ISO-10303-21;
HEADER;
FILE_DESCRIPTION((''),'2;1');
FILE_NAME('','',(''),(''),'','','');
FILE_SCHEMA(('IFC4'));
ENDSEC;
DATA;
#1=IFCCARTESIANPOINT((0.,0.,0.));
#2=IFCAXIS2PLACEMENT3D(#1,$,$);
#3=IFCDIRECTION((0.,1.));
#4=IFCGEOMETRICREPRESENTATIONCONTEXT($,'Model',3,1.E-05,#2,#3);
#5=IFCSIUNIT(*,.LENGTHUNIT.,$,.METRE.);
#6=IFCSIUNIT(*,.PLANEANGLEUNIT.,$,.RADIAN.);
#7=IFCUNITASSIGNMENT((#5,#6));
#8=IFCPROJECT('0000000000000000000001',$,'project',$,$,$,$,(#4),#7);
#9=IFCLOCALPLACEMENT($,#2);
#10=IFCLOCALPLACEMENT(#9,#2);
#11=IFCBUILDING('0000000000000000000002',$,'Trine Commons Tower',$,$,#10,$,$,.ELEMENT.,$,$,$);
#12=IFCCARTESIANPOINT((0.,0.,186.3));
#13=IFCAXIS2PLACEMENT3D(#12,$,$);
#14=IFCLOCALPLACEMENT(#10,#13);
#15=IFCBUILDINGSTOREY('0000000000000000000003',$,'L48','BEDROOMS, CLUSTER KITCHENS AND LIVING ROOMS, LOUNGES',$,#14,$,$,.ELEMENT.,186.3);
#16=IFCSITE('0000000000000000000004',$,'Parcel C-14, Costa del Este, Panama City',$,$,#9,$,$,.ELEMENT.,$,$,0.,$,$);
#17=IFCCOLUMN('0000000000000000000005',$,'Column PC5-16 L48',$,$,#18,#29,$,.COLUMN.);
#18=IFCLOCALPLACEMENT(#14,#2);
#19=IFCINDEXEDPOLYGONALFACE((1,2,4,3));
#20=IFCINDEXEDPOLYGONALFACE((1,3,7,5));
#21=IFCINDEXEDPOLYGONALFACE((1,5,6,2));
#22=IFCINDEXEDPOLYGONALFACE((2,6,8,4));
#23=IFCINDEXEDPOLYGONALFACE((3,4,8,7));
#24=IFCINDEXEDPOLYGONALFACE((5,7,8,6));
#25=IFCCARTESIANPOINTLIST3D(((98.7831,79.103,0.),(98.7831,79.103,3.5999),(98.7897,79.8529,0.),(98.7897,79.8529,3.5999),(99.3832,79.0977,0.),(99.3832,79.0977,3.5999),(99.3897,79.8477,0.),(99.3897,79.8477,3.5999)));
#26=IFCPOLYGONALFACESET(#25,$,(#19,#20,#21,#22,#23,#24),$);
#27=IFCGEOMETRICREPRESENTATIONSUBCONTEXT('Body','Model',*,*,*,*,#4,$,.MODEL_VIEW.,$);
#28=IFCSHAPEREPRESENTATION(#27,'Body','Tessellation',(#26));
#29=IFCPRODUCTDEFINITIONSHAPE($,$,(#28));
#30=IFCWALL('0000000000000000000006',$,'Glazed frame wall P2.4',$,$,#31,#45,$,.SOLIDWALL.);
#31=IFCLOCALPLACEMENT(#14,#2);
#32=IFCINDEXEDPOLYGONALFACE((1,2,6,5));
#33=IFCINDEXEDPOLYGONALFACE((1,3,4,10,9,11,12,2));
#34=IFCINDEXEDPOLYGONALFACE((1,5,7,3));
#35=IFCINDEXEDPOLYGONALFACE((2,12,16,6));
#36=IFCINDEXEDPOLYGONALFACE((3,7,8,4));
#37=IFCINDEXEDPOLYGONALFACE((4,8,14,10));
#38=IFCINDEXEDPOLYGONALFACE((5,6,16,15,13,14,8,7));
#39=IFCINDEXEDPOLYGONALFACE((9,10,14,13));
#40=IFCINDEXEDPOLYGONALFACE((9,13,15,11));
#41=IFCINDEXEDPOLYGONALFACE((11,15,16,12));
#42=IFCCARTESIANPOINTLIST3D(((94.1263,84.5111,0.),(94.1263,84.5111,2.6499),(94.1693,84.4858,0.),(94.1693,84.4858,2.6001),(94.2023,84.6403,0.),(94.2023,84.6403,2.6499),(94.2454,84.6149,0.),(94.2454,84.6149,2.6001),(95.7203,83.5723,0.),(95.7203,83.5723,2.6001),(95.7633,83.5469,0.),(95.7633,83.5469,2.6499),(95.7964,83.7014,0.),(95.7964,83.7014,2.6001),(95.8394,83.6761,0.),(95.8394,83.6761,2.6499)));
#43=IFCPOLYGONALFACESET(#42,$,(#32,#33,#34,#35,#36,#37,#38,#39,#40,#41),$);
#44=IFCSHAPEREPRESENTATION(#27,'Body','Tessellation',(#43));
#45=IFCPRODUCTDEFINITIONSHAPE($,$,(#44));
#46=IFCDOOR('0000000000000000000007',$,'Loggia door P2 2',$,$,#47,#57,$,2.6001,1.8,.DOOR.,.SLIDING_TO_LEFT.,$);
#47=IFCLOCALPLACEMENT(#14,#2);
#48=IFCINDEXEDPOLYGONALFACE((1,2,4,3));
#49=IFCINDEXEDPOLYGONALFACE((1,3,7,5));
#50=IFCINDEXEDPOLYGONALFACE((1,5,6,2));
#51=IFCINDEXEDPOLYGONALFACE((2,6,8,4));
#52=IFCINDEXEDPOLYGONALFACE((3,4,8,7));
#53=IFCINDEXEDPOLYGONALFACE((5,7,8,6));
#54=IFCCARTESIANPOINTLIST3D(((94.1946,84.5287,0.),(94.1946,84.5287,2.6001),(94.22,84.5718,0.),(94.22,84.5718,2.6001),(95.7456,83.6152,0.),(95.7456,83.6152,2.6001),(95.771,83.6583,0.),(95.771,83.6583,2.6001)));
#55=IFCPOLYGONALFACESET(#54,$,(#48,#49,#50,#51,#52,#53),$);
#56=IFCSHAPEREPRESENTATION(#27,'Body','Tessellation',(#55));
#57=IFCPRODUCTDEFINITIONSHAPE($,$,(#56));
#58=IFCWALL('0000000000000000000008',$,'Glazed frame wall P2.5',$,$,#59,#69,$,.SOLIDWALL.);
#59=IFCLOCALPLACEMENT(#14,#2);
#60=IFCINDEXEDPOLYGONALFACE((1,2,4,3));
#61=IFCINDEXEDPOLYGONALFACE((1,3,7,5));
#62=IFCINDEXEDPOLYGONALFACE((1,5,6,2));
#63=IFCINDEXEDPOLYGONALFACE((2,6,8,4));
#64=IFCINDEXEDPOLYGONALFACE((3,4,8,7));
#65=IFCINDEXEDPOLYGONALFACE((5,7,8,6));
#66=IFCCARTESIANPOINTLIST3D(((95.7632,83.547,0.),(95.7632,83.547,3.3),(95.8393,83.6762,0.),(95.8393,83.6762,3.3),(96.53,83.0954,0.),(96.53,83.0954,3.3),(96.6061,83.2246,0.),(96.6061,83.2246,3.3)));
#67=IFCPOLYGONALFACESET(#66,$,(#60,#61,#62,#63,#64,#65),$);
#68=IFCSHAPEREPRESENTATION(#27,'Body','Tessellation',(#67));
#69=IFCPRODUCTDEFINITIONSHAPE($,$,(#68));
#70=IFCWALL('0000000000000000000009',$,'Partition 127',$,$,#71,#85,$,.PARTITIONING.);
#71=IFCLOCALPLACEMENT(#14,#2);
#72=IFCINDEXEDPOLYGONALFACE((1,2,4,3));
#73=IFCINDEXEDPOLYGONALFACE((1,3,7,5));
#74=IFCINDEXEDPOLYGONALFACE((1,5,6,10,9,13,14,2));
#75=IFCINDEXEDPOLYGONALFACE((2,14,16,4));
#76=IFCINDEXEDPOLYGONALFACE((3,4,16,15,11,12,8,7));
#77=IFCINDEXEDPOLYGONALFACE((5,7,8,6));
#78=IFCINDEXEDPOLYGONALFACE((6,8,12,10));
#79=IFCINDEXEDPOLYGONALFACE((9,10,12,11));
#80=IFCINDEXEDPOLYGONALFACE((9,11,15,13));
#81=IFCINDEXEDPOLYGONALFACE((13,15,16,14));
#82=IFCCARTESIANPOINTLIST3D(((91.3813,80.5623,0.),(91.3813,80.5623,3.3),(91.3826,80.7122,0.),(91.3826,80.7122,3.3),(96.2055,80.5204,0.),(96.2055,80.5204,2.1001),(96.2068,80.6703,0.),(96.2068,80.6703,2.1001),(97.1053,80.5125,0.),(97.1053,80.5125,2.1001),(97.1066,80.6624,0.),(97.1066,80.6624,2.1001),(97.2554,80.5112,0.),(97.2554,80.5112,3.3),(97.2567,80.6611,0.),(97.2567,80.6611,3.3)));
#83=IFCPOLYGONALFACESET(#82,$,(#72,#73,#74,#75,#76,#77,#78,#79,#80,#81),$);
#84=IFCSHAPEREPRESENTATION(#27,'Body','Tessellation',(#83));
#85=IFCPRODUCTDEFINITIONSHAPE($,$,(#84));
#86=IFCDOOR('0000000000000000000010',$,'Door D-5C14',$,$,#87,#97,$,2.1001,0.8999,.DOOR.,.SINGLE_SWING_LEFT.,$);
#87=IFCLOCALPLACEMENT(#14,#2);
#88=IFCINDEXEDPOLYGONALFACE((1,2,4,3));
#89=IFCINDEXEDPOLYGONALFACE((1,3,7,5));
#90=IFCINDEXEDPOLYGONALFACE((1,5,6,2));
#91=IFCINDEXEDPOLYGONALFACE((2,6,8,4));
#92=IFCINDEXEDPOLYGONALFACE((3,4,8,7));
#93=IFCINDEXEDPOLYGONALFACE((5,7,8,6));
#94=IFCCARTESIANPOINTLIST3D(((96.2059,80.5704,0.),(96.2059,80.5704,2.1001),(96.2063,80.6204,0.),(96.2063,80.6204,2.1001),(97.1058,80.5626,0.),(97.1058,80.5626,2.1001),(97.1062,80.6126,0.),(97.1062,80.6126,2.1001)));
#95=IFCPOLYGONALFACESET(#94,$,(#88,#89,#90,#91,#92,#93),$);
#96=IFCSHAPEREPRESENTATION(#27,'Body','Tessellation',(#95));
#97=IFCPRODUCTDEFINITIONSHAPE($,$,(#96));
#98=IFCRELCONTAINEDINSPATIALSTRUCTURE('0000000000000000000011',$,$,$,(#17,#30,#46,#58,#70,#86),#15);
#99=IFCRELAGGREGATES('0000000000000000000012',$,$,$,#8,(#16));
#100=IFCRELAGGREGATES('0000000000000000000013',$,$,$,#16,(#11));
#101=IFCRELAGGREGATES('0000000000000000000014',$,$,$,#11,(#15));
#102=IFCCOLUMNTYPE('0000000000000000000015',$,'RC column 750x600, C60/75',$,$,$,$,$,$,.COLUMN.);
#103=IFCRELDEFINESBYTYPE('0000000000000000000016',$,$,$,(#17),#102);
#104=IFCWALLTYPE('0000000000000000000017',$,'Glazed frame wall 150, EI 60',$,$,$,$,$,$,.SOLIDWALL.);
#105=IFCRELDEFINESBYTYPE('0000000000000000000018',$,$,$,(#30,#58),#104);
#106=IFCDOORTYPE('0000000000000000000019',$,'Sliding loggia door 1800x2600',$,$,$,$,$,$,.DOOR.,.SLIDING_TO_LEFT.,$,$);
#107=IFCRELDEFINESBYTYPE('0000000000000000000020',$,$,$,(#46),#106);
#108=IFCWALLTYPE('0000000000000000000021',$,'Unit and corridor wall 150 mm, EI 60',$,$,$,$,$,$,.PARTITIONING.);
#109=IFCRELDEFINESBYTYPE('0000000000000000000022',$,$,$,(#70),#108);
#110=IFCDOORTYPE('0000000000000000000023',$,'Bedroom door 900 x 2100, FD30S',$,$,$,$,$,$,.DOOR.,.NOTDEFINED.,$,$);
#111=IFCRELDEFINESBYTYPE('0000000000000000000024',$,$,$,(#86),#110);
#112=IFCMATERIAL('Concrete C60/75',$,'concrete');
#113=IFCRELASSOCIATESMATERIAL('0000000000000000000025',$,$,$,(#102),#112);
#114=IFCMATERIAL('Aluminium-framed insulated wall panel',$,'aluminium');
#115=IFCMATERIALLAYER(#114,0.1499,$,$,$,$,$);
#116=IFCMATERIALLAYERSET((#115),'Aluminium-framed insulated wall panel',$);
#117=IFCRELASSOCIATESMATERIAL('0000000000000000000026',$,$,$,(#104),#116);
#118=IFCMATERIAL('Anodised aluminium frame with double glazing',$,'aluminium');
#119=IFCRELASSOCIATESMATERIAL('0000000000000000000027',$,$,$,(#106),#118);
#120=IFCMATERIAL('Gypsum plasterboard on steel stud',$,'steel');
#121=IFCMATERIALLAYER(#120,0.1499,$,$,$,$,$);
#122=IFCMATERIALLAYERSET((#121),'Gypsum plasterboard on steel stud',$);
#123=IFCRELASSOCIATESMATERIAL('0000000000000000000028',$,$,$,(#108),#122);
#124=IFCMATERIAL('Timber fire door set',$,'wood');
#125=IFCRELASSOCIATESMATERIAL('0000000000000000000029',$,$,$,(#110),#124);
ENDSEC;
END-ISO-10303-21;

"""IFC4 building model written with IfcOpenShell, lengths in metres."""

from ifc_helpers import new_model, si_unit, direction, frame, frame_2d, origin, origin_2d, place, context, subcontext, project, spatial, polyline, rectangle, outline, extrude, material, layer, layer_set, material_profile, profile_set, type_object, element, fill, save


model = new_model("IFC4")

# Units and contexts
model_context = context("Model", 3, precision=1e-05, world=origin(), true_north=direction((0.0, 1.0)))
body_context = subcontext(model_context, "Body", "Model", "MODEL_VIEW")
ifc_project = project(units=[si_unit("LENGTHUNIT", "METRE"), si_unit("PLANEANGLEUNIT", "RADIAN")], contexts=[model_context])

# Site, building, storey
site_placement = place(None, origin())
site = spatial("IfcSite", under=ifc_project, at=site_placement, Name="Parcel C-14, Costa del Este, Panama City", CompositionType="ELEMENT", RefElevation=0.0)
building_placement = place(site_placement, origin())
building = spatial("IfcBuilding", under=site, at=building_placement, Name="Trine Commons Tower", CompositionType="ELEMENT")
storey_placement = place(building_placement, frame((0.0, 0.0, 186.3)))
storey = spatial("IfcBuildingStorey", under=building, at=storey_placement, Name="L48", Description="BEDROOMS, CLUSTER KITCHENS AND LIVING ROOMS, LOUNGES", CompositionType="ELEMENT", Elevation=186.3)

# Column
ifc_material_1 = material(Name="Concrete C60/75", Category="concrete")
ifc_material_profile = material_profile(ifc_material_1, rectangle(XDim=0.75, YDim=0.6001, at=origin_2d()), Name="RC 750x600")
ifc_profile_set = profile_set([ifc_material_profile], Name="Concrete C60/75")
column_type = type_object("IfcColumnType", Name="RC column 750x600, C60/75", PredefinedType="COLUMN", material=ifc_profile_set)
column_placement = place(storey_placement, frame((99.0864, 79.4753, 0.0), z_axis=(0.0, 0.0, 1.0), x_axis=(0.008727, 0.999962, 0.0)))
element("IfcColumn", 1, at=column_placement, inside=storey, type_object=column_type, Name="Column PC5-16 L48", PredefinedType="COLUMN", context=body_context, shape_type="SweptSolid", body=[
    extrude(rectangle(XDim=0.75, YDim=0.6001, at=origin_2d()), origin(), (0.0, 0.0, 1.0), 3.5999),
])

# Wall, opening, door
ifc_material_2 = material(Name="Aluminium-framed insulated wall panel", Category="aluminium")
ifc_layer_1 = layer(ifc_material_2, 0.1499)
ifc_layer_set_1 = layer_set([ifc_layer_1], Name="Aluminium-framed insulated wall panel")
wall_type_1 = type_object("IfcWallType", Name="Glazed frame wall 150, EI 60", PredefinedType="SOLIDWALL", material=ifc_layer_set_1)
wall_1_placement = place(storey_placement, frame((94.1643, 84.5757, 0.0), z_axis=(0.0, 0.0, 1.0), x_axis=(0.86166, -0.507486, 0.0)))
wall_1 = element("IfcWall", 2, at=wall_1_placement, inside=storey, type_object=wall_type_1, Name="Glazed frame wall P2.4", PredefinedType="SOLIDWALL", context=body_context, shape_type="SweptSolid", body=[
    extrude(outline(polyline([(0.0, -0.075), (1.8999, -0.075), (1.8999, 0.075), (0.0, 0.075), (0.0, -0.075)])), origin(), (0.0, 0.0, 1.0), 2.6499),
])
opening_1_placement = place(wall_1_placement, frame((0.05, 0.0, 0.0)))
opening_1 = element("IfcOpeningElement", 3, at=opening_1_placement, cuts=wall_1, PredefinedType="OPENING", context=body_context, shape_type="SweptSolid", body=[
    extrude(rectangle(XDim=1.8, YDim=2.6001, at=frame_2d((0.8999, 1.3))), frame((0.0, 0.085, 0.0), z_axis=(0.0, -1.0, 0.0), x_axis=(1.0, 0.0, 0.0)), (0.0, 0.0, 1.0), 0.1699),
])
ifc_material_3 = material(Name="Anodised aluminium frame with double glazing", Category="aluminium")
door_type_1 = type_object("IfcDoorType", Name="Sliding loggia door 1800x2600", OperationType="SLIDING_TO_LEFT", PredefinedType="DOOR", material=ifc_material_3)
door_1_placement = place(opening_1_placement, origin())
door_1 = element("IfcDoor", 4, at=door_1_placement, inside=storey, type_object=door_type_1, Name="Loggia door P2 2", OperationType="SLIDING_TO_LEFT", OverallHeight=2.6001, OverallWidth=1.8, PredefinedType="DOOR", context=body_context, shape_type="SweptSolid", body=[
    extrude(rectangle(XDim=1.8, YDim=2.6001, at=frame_2d((0.8999, 1.3))), frame((0.0, 0.0249, 0.0), z_axis=(0.0, -1.0, 0.0), x_axis=(1.0, 0.0, 0.0)), (0.0, 0.0, 1.0), 0.05),
])
fill(opening_1, door_1)

# Wall
wall_2_placement = place(storey_placement, frame((95.8013, 83.6116, 0.0), z_axis=(0.0, 0.0, 1.0), x_axis=(0.861664, -0.507479, 0.0)))
element("IfcWall", 5, at=wall_2_placement, inside=storey, type_object=wall_type_1, Name="Glazed frame wall P2.5", PredefinedType="SOLIDWALL", context=body_context, shape_type="SweptSolid", body=[
    extrude(outline(polyline([(0.8899, 0.075), (0.0, 0.075), (0.0, -0.075), (0.8899, -0.075), (0.8899, 0.075)])), origin(), (0.0, 0.0, 1.0), 3.3),
])

# Wall, opening, door
ifc_material_4 = material(Name="Gypsum plasterboard on steel stud", Category="steel")
ifc_layer_2 = layer(ifc_material_4, 0.1499)
ifc_layer_set_2 = layer_set([ifc_layer_2], Name="Gypsum plasterboard on steel stud")
wall_type_2 = type_object("IfcWallType", Name="Unit and corridor wall 150 mm, EI 60", PredefinedType="PARTITIONING", material=ifc_layer_set_2)
wall_3_placement = place(storey_placement, frame((91.3821, 80.6372, 0.0), z_axis=(0.0, 0.0, 1.0), x_axis=(0.999962, -0.008686, 0.0)))
wall_3 = element("IfcWall", 6, at=wall_3_placement, inside=storey, type_object=wall_type_2, Name="Partition 127", PredefinedType="PARTITIONING", context=body_context, shape_type="SweptSolid", body=[
    extrude(rectangle(XDim=5.8743, YDim=0.1499, at=frame_2d((2.937, 0.0))), origin(), (0.0, 0.0, 1.0), 3.3),
])
opening_2_placement = place(wall_3_placement, frame((4.8242, 0.0, 0.0)))
opening_2 = element("IfcOpeningElement", 7, at=opening_2_placement, cuts=wall_3, PredefinedType="OPENING", context=body_context, shape_type="SweptSolid", body=[
    extrude(rectangle(XDim=0.8999, YDim=2.1001, at=frame_2d((0.45, 1.05))), frame((0.0, 0.085, 0.0), z_axis=(0.0, -1.0, 0.0), x_axis=(1.0, 0.0, 0.0)), (0.0, 0.0, 1.0), 0.1699),
])
ifc_material_5 = material(Name="Timber fire door set", Category="wood")
door_type_2 = type_object("IfcDoorType", Name="Bedroom door 900 x 2100, FD30S", OperationType="NOTDEFINED", PredefinedType="DOOR", material=ifc_material_5)
door_2_placement = place(opening_2_placement, frame((0.8999, 0.0, 0.0), z_axis=(0.0, 0.0, 1.0), x_axis=(-1.0, 0.0, 0.0)))
door_2 = element("IfcDoor", 8, at=door_2_placement, inside=storey, type_object=door_type_2, Name="Door D-5C14", OperationType="SINGLE_SWING_LEFT", OverallHeight=2.1001, OverallWidth=0.8999, PredefinedType="DOOR", context=body_context, shape_type="SweptSolid", body=[
    extrude(rectangle(XDim=0.8999, YDim=2.1001, at=frame_2d((0.45, 1.05))), frame((0.0, 0.0249, 0.0), z_axis=(0.0, -1.0, 0.0), x_axis=(1.0, 0.0, 0.0)), (0.0, 0.0, 1.0), 0.05),
])
fill(opening_2, door_2)

save(model, "model.ifc")
